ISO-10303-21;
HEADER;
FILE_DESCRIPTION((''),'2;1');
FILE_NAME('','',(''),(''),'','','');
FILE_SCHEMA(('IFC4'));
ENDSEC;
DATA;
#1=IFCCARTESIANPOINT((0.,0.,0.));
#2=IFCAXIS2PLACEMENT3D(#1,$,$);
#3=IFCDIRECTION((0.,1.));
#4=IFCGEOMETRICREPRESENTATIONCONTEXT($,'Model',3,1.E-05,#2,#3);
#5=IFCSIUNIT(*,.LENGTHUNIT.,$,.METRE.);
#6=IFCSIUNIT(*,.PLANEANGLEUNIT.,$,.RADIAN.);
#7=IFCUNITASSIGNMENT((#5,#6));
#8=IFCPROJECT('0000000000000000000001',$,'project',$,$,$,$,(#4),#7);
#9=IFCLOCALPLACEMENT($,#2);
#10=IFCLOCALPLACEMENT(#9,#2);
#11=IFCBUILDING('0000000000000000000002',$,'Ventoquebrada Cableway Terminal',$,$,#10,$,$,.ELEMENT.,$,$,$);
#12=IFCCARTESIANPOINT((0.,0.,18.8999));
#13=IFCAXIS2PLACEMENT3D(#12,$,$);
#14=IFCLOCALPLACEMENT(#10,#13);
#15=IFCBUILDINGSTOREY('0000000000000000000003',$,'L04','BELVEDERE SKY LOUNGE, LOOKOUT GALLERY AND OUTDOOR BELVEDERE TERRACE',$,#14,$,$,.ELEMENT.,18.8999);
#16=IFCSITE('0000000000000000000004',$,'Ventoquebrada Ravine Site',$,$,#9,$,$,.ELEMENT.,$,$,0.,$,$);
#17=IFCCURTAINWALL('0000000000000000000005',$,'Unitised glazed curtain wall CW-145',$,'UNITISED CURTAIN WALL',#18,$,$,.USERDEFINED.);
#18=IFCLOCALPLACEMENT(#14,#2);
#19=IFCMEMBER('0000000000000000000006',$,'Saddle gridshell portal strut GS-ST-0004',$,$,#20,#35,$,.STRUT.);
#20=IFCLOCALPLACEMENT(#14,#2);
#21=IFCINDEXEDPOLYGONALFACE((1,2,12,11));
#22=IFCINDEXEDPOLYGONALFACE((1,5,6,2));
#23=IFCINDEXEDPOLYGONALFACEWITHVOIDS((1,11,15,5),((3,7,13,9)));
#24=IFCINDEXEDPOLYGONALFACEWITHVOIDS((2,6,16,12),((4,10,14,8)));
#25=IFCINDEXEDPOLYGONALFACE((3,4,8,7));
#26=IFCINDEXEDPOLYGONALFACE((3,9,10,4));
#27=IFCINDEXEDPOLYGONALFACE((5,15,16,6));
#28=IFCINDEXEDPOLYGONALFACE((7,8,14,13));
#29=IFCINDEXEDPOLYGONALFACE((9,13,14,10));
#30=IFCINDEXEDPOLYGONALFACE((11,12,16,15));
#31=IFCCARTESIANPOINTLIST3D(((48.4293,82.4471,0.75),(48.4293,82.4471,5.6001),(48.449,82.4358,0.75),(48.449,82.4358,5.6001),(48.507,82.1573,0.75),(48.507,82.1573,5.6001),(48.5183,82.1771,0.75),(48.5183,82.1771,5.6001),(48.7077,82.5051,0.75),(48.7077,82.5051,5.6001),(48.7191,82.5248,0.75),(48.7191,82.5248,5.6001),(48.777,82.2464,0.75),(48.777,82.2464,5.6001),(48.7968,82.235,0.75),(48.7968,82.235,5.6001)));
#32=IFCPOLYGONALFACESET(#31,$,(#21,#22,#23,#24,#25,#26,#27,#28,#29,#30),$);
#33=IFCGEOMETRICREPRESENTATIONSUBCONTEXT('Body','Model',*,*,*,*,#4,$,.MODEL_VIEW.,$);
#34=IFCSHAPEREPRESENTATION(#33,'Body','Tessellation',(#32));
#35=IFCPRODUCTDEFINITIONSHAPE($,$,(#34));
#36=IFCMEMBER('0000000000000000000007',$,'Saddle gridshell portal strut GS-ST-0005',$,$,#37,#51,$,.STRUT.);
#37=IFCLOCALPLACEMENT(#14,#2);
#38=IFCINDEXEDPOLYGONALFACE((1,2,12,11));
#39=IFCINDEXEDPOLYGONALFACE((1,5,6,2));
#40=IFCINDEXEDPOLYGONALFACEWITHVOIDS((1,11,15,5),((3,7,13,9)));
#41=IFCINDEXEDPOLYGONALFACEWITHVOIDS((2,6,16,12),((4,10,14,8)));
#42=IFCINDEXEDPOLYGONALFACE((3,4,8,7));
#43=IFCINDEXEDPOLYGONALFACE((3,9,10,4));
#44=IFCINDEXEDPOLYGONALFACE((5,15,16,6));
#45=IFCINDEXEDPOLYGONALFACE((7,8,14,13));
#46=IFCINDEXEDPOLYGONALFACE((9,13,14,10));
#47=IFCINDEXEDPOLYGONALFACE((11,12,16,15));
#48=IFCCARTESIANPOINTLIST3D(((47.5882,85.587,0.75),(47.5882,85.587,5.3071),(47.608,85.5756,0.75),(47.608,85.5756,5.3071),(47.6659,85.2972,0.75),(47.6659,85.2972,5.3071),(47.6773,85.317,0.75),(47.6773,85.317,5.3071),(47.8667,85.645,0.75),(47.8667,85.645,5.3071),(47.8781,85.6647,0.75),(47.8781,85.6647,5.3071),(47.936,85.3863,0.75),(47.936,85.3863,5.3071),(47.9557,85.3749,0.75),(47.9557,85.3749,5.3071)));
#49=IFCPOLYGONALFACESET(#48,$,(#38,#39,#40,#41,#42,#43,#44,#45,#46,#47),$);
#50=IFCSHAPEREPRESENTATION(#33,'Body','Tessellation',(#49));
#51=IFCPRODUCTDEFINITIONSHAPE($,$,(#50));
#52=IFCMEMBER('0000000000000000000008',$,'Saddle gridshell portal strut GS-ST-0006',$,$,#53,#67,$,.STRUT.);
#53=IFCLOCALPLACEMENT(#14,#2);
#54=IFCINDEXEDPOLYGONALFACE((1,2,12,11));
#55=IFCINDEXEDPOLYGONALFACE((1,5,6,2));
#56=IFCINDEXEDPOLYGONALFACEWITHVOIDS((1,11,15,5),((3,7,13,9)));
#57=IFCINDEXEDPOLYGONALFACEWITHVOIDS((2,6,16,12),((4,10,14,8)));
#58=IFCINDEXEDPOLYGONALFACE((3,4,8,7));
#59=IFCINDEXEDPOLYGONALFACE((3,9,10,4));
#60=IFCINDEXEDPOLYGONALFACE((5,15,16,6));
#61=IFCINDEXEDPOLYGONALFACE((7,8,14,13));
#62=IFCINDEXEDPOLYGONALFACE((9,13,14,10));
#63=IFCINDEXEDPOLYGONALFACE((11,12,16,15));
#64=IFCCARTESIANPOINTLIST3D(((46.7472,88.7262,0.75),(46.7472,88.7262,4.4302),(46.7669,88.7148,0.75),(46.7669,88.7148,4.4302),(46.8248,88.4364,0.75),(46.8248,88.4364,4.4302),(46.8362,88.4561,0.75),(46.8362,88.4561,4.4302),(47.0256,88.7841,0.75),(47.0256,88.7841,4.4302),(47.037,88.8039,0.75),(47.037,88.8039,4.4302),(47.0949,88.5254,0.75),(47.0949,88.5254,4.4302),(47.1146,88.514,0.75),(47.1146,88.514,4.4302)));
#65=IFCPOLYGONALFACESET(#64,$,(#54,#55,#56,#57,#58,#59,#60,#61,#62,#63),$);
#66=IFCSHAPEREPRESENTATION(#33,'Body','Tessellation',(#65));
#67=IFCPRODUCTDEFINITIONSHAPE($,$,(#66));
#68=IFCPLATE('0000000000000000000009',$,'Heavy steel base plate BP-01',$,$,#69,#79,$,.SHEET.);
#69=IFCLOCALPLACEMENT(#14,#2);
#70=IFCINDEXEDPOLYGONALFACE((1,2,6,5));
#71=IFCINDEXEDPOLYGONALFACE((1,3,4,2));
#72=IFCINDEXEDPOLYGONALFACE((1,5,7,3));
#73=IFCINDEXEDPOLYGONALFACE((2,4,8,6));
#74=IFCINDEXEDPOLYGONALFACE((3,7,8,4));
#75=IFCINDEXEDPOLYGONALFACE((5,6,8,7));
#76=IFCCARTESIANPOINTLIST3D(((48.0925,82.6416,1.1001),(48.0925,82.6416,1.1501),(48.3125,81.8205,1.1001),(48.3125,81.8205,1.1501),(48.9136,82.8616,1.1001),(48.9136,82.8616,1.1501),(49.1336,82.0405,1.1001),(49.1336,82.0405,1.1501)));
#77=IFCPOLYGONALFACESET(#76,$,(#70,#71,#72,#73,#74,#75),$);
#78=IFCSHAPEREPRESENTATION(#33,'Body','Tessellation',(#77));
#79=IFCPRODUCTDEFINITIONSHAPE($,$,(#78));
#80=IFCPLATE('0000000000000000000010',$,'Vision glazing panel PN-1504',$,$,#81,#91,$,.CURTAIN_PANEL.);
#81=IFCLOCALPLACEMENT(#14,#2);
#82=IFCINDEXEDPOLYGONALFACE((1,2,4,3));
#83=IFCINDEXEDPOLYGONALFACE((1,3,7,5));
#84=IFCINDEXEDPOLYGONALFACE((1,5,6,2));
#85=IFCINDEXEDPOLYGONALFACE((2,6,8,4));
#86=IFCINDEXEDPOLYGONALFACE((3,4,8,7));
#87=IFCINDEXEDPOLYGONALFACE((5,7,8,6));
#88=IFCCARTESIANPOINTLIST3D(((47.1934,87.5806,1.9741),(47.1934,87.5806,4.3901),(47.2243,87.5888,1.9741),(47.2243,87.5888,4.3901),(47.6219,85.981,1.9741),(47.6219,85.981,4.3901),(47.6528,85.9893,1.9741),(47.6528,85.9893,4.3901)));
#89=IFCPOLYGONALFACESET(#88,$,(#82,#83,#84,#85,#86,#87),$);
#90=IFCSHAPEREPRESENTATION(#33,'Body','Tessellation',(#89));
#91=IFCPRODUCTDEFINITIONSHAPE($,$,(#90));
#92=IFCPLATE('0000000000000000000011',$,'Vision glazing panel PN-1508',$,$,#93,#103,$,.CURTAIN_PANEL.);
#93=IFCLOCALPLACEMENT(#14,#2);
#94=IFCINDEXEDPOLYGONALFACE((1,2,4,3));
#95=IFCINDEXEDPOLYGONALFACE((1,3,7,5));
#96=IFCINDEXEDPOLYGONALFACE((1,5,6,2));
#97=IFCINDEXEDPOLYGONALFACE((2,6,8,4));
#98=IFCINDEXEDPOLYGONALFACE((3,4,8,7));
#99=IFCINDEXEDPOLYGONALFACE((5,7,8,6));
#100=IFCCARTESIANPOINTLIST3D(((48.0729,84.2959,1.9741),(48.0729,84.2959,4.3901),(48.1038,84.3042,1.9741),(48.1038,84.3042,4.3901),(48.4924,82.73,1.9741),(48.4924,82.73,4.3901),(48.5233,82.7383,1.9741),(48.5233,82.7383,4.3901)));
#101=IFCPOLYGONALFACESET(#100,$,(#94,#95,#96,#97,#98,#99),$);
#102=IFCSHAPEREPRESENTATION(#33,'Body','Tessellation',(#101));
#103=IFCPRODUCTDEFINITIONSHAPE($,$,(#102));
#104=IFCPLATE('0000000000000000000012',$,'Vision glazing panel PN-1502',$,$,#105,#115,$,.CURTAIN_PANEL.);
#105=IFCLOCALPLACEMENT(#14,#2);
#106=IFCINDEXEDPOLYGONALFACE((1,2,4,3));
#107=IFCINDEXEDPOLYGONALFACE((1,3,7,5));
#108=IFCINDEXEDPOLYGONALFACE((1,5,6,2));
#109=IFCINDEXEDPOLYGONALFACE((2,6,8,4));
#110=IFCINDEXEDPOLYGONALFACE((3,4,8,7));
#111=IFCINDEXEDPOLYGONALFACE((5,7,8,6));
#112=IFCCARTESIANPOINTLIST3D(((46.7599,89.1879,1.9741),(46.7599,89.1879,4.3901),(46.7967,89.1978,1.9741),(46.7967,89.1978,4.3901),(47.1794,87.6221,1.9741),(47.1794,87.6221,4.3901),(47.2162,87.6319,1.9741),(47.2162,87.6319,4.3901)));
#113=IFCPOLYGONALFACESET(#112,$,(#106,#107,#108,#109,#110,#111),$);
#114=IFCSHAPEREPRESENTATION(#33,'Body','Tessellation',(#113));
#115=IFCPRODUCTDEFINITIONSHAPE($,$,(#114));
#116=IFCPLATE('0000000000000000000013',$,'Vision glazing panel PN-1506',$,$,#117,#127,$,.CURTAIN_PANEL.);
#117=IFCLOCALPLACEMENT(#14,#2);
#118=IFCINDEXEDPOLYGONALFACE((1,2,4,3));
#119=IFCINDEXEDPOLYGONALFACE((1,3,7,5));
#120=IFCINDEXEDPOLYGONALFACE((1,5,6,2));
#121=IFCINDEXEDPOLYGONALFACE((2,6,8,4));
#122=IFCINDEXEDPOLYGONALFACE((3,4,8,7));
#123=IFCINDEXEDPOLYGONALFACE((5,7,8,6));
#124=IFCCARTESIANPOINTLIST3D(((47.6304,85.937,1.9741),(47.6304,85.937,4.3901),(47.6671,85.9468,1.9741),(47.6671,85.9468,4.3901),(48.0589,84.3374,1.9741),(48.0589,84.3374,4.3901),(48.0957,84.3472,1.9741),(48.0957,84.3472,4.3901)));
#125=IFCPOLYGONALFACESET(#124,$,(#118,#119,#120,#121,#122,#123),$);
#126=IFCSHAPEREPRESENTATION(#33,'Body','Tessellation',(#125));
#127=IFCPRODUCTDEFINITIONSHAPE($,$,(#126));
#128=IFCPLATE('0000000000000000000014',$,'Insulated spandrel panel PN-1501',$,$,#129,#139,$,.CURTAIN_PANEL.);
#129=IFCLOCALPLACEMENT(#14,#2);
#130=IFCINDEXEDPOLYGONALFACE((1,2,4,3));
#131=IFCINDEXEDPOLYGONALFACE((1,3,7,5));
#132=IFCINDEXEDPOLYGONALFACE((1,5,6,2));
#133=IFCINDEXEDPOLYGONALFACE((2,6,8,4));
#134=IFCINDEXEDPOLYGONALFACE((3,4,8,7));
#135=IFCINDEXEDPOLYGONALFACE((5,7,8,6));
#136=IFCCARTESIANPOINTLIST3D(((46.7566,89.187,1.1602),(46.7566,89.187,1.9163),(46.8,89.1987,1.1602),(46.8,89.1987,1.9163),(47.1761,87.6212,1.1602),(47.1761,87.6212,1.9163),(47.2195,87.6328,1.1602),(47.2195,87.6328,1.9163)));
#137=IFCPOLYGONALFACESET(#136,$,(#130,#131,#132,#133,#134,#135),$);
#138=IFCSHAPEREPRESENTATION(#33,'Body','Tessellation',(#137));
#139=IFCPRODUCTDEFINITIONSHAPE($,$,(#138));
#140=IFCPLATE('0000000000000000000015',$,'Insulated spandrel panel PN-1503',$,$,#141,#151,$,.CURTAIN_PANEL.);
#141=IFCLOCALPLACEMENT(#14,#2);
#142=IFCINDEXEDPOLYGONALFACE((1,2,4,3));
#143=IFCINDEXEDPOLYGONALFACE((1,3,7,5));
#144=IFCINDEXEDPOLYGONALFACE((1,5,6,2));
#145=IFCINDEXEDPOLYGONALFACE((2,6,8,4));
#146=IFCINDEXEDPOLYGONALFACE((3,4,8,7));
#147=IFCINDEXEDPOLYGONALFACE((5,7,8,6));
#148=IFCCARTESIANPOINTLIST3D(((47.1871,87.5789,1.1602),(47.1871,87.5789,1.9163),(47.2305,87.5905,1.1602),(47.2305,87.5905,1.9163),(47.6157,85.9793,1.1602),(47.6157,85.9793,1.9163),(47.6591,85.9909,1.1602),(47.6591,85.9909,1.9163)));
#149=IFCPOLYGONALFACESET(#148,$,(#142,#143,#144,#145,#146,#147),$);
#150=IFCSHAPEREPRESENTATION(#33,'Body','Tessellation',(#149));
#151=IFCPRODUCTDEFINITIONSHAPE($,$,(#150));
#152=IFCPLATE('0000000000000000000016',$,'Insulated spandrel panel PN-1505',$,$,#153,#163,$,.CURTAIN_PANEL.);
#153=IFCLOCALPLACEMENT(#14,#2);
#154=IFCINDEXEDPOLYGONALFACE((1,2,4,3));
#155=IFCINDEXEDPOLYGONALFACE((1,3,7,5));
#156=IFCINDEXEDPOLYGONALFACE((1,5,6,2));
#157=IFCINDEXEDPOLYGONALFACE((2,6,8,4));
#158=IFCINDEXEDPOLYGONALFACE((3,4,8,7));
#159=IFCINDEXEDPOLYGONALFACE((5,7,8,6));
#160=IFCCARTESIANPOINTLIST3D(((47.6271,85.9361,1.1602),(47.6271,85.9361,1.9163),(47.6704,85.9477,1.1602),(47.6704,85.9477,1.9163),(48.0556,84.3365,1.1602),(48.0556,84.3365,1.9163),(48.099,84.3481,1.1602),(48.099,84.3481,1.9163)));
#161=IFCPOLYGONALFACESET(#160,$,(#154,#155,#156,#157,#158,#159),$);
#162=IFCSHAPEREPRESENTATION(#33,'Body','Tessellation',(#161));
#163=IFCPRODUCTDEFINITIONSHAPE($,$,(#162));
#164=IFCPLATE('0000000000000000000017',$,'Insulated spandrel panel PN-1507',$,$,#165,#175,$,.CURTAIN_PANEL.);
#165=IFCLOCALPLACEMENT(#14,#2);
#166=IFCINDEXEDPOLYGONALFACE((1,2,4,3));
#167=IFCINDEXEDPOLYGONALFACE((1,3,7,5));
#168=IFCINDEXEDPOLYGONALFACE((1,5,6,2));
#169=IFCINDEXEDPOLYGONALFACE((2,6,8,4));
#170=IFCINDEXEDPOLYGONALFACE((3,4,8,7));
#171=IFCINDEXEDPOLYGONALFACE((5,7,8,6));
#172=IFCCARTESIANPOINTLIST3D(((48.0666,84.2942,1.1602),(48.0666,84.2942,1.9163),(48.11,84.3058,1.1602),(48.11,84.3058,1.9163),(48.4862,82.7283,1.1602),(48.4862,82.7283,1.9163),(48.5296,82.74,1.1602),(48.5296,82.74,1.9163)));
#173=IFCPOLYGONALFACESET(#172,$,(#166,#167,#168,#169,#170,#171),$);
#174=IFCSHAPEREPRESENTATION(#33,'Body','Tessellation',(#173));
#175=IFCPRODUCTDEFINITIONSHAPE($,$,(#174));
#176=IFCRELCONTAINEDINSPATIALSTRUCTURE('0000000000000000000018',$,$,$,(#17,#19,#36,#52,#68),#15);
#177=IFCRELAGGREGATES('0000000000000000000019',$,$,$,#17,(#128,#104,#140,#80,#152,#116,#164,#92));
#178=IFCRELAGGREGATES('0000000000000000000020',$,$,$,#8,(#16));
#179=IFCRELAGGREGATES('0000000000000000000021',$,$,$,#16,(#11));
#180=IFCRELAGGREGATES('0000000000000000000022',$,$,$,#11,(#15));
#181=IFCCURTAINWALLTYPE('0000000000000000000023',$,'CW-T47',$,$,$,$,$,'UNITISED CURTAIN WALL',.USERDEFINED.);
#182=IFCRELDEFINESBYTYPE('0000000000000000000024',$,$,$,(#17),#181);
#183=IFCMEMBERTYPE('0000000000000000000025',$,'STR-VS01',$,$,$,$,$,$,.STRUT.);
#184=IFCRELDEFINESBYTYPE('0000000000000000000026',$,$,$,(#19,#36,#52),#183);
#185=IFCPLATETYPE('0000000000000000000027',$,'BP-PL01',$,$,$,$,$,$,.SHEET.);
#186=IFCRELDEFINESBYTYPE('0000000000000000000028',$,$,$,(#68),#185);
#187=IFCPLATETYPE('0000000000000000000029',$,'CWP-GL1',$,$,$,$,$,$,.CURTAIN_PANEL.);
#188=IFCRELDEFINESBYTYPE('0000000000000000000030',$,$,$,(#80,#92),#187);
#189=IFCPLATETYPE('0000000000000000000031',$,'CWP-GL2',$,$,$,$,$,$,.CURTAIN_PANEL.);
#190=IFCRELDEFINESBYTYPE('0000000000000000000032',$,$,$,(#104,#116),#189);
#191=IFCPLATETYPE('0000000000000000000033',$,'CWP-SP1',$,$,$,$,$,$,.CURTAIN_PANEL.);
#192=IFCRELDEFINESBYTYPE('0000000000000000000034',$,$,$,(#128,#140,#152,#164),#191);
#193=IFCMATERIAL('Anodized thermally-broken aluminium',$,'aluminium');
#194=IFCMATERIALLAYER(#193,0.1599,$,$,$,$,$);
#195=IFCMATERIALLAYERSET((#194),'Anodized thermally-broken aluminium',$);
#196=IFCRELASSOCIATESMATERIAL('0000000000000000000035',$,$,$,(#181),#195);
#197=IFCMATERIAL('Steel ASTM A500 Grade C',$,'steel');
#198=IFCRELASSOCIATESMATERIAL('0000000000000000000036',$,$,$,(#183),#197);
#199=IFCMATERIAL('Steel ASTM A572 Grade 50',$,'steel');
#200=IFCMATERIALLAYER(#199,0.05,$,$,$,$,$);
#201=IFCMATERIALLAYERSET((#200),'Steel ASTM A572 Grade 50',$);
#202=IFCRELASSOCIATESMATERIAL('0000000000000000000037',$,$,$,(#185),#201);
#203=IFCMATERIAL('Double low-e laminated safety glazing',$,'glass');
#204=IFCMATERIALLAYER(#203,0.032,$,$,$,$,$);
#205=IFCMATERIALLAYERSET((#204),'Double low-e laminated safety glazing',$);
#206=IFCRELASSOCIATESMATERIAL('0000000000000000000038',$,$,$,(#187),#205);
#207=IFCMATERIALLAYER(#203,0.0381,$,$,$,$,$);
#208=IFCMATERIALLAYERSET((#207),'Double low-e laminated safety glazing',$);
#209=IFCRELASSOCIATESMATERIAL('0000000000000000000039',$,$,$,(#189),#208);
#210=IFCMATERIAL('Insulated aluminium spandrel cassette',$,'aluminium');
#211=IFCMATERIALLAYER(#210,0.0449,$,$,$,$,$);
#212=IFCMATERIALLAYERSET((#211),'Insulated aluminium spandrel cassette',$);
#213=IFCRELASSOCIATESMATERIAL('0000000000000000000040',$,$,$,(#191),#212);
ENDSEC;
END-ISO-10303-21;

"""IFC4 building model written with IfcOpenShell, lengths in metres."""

from ifc_helpers import new_model, si_unit, direction, frame, origin, origin_2d, place, context, subcontext, project, spatial, rectangle, hollow_rectangle, extrude, material, layer, layer_set, material_profile, profile_set, type_object, element, aggregate, save


model = new_model("IFC4")

# Units and contexts
model_context = context("Model", 3, precision=1e-05, world=origin(), true_north=direction((0.0, 1.0)))
body_context = subcontext(model_context, "Body", "Model", "MODEL_VIEW")
ifc_project = project(units=[si_unit("LENGTHUNIT", "METRE"), si_unit("PLANEANGLEUNIT", "RADIAN")], contexts=[model_context])

# Site, building, storey
site_placement = place(None, origin())
site = spatial("IfcSite", under=ifc_project, at=site_placement, Name="Ventoquebrada Ravine Site", CompositionType="ELEMENT", RefElevation=0.0)
building_placement = place(site_placement, origin())
building = spatial("IfcBuilding", under=site, at=building_placement, Name="Ventoquebrada Cableway Terminal", CompositionType="ELEMENT")
storey_placement = place(building_placement, frame((0.0, 0.0, 18.8999)))
storey = spatial("IfcBuildingStorey", under=building, at=storey_placement, Name="L04", Description="BELVEDERE SKY LOUNGE, LOOKOUT GALLERY AND OUTDOOR BELVEDERE TERRACE", CompositionType="ELEMENT", Elevation=18.8999)

# Shared definitions
ifc_material_1 = material(Name="Steel ASTM A500 Grade C", Category="steel")

# Shared definitions
ifc_material_2 = material(Name="Anodized thermally-broken aluminium", Category="aluminium")
ifc_layer_1 = layer(ifc_material_2, 0.1599)
ifc_layer_set_1 = layer_set([ifc_layer_1], Name="Anodized thermally-broken aluminium")
curtain_wall_type = type_object("IfcCurtainWallType", Name="CW-T47", ElementType="UNITISED CURTAIN WALL", PredefinedType="USERDEFINED", material=ifc_layer_set_1)

# Curtain wall
curtain_wall_1_placement = place(storey_placement, origin())
curtain_wall_1 = element("IfcCurtainWall", 1, at=curtain_wall_1_placement, inside=storey, type_object=curtain_wall_type, Name="Unitised glazed curtain wall CW-145", ObjectType="UNITISED CURTAIN WALL", PredefinedType="USERDEFINED")

# Members
ifc_material_profile_1 = material_profile(ifc_material_1, hollow_rectangle(XDim=0.3, YDim=0.3, WallThickness=0.0161, at=origin_2d()), Name="HSS300X300X16")
ifc_profile_set_1 = profile_set([ifc_material_profile_1], Name="Steel ASTM A500 Grade C")
member_type_1 = type_object("IfcMemberType", Name="STR-VS01", PredefinedType="STRUT", material=ifc_profile_set_1)
member_1_placement = place(storey_placement, frame((48.613, 82.3411, 0.75), z_axis=(0.0, 0.0, 1.0), x_axis=(0.965926, 0.258819, 0.0)))
element("IfcMember", 2, at=member_1_placement, inside=storey, type_object=member_type_1, Name="Saddle gridshell portal strut GS-ST-0004", PredefinedType="STRUT", context=body_context, shape_type="SweptSolid", body=[
    extrude(hollow_rectangle(XDim=0.3, YDim=0.3, WallThickness=0.0161, at=origin_2d()), origin(), (0.0, 0.0, 1.0), 4.8501),
])
member_2_placement = place(storey_placement, frame((47.772, 85.481, 0.75), z_axis=(0.0, 0.0, 1.0), x_axis=(0.965926, 0.258819, 0.0)))
element("IfcMember", 3, at=member_2_placement, inside=storey, type_object=member_type_1, Name="Saddle gridshell portal strut GS-ST-0005", PredefinedType="STRUT", context=body_context, shape_type="SweptSolid", body=[
    extrude(hollow_rectangle(XDim=0.3, YDim=0.3, WallThickness=0.0161, at=origin_2d()), origin(), (0.0, 0.0, 1.0), 4.5571),
])
member_3_placement = place(storey_placement, frame((46.9309, 88.6201, 0.75), z_axis=(0.0, 0.0, 1.0), x_axis=(0.965926, 0.258819, 0.0)))
element("IfcMember", 4, at=member_3_placement, inside=storey, type_object=member_type_1, Name="Saddle gridshell portal strut GS-ST-0006", PredefinedType="STRUT", context=body_context, shape_type="SweptSolid", body=[
    extrude(hollow_rectangle(XDim=0.3, YDim=0.3, WallThickness=0.0161, at=origin_2d()), origin(), (0.0, 0.0, 1.0), 3.6802),
])

# Plates
ifc_material_3 = material(Name="Steel ASTM A572 Grade 50", Category="steel")
ifc_layer_2 = layer(ifc_material_3, 0.05)
ifc_layer_set_2 = layer_set([ifc_layer_2], Name="Steel ASTM A572 Grade 50")
plate_type_1 = type_object("IfcPlateType", Name="BP-PL01", PredefinedType="SHEET", material=ifc_layer_set_2)
plate_1_placement = place(storey_placement, frame((48.613, 82.3411, 1.1001), z_axis=(0.0, 0.0, 1.0), x_axis=(0.965926, 0.258819, 0.0)))
element("IfcPlate", 5, at=plate_1_placement, inside=storey, type_object=plate_type_1, Name="Heavy steel base plate BP-01", PredefinedType="SHEET", context=body_context, shape_type="SweptSolid", body=[
    extrude(rectangle(XDim=0.8501, YDim=0.8501, at=origin_2d()), origin(), (0.0, 0.0, 1.0), 0.05),
])
ifc_material_4 = material(Name="Double low-e laminated safety glazing", Category="glass")
ifc_layer_3 = layer(ifc_material_4, 0.032)
ifc_layer_set_3 = layer_set([ifc_layer_3], Name="Double low-e laminated safety glazing")
plate_type_2 = type_object("IfcPlateType", Name="CWP-GL1", PredefinedType="CURTAIN_PANEL", material=ifc_layer_set_3)
plate_2_placement = place(storey_placement, frame((47.4231, 86.7849, 1.9741), z_axis=(0.0, 0.0, 1.0), x_axis=(0.258802, -0.96593, 0.0)))
plate_2 = element("IfcPlate", 6, at=plate_2_placement, type_object=plate_type_2, Name="Vision glazing panel PN-1504", PredefinedType="CURTAIN_PANEL", context=body_context, shape_type="SweptSolid", body=[
    extrude(rectangle(XDim=1.656, YDim=0.032, at=origin_2d()), origin(), (0.0, 0.0, 1.0), 2.416),
])
plate_3_placement = place(storey_placement, frame((48.2981, 83.5171, 1.9741), z_axis=(0.0, 0.0, 1.0), x_axis=(0.258802, -0.96593, 0.0)))
plate_3 = element("IfcPlate", 7, at=plate_3_placement, type_object=plate_type_2, Name="Vision glazing panel PN-1508", PredefinedType="CURTAIN_PANEL", context=body_context, shape_type="SweptSolid", body=[
    extrude(rectangle(XDim=1.6211, YDim=0.032, at=origin_2d()), origin(), (0.0, 0.0, 1.0), 2.416),
])
ifc_layer_4 = layer(ifc_material_4, 0.0381)
ifc_layer_set_4 = layer_set([ifc_layer_4], Name="Double low-e laminated safety glazing")
plate_type_3 = type_object("IfcPlateType", Name="CWP-GL2", PredefinedType="CURTAIN_PANEL", material=ifc_layer_set_4)
plate_4_placement = place(storey_placement, frame((46.988, 88.4099, 1.9741), z_axis=(0.0, 0.0, 1.0), x_axis=(0.258802, -0.96593, 0.0)))
plate_4 = element("IfcPlate", 8, at=plate_4_placement, type_object=plate_type_3, Name="Vision glazing panel PN-1502", PredefinedType="CURTAIN_PANEL", context=body_context, shape_type="SweptSolid", body=[
    extrude(rectangle(XDim=1.6211, YDim=0.0381, at=origin_2d()), origin(), (0.0, 0.0, 1.0), 2.416),
])
plate_5_placement = place(storey_placement, frame((47.863, 85.1421, 1.9741), z_axis=(0.0, 0.0, 1.0), x_axis=(0.258802, -0.96593, 0.0)))
plate_5 = element("IfcPlate", 9, at=plate_5_placement, type_object=plate_type_3, Name="Vision glazing panel PN-1506", PredefinedType="CURTAIN_PANEL", context=body_context, shape_type="SweptSolid", body=[
    extrude(rectangle(XDim=1.656, YDim=0.0381, at=origin_2d()), origin(), (0.0, 0.0, 1.0), 2.416),
])
ifc_material_5 = material(Name="Insulated aluminium spandrel cassette", Category="aluminium")
ifc_layer_5 = layer(ifc_material_5, 0.0449)
ifc_layer_set_5 = layer_set([ifc_layer_5], Name="Insulated aluminium spandrel cassette")
plate_type_4 = type_object("IfcPlateType", Name="CWP-SP1", PredefinedType="CURTAIN_PANEL", material=ifc_layer_set_5)
plate_6_placement = place(storey_placement, frame((46.988, 88.4099, 1.1602), z_axis=(0.0, 0.0, 1.0), x_axis=(0.258802, -0.96593, 0.0)))
plate_6 = element("IfcPlate", 10, at=plate_6_placement, type_object=plate_type_4, Name="Insulated spandrel panel PN-1501", PredefinedType="CURTAIN_PANEL", context=body_context, shape_type="SweptSolid", body=[
    extrude(rectangle(XDim=1.6211, YDim=0.0449, at=origin_2d()), origin(), (0.0, 0.0, 1.0), 0.7561),
])
plate_7_placement = place(storey_placement, frame((47.4231, 86.7849, 1.1602), z_axis=(0.0, 0.0, 1.0), x_axis=(0.258802, -0.96593, 0.0)))
plate_7 = element("IfcPlate", 11, at=plate_7_placement, type_object=plate_type_4, Name="Insulated spandrel panel PN-1503", PredefinedType="CURTAIN_PANEL", context=body_context, shape_type="SweptSolid", body=[
    extrude(rectangle(XDim=1.656, YDim=0.0449, at=origin_2d()), origin(), (0.0, 0.0, 1.0), 0.7561),
])
plate_8_placement = place(storey_placement, frame((47.863, 85.1421, 1.1602), z_axis=(0.0, 0.0, 1.0), x_axis=(0.258802, -0.96593, 0.0)))
plate_8 = element("IfcPlate", 12, at=plate_8_placement, type_object=plate_type_4, Name="Insulated spandrel panel PN-1505", PredefinedType="CURTAIN_PANEL", context=body_context, shape_type="SweptSolid", body=[
    extrude(rectangle(XDim=1.656, YDim=0.0449, at=origin_2d()), origin(), (0.0, 0.0, 1.0), 0.7561),
])
plate_9_placement = place(storey_placement, frame((48.2981, 83.5171, 1.1602), z_axis=(0.0, 0.0, 1.0), x_axis=(0.258802, -0.96593, 0.0)))
plate_9 = element("IfcPlate", 13, at=plate_9_placement, type_object=plate_type_4, Name="Insulated spandrel panel PN-1507", PredefinedType="CURTAIN_PANEL", context=body_context, shape_type="SweptSolid", body=[
    extrude(rectangle(XDim=1.6211, YDim=0.0449, at=origin_2d()), origin(), (0.0, 0.0, 1.0), 0.7561),
])
aggregate(curtain_wall_1, [plate_6, plate_4, plate_7, plate_2, plate_8, plate_5, plate_9, plate_3])

save(model, "model.ifc")
